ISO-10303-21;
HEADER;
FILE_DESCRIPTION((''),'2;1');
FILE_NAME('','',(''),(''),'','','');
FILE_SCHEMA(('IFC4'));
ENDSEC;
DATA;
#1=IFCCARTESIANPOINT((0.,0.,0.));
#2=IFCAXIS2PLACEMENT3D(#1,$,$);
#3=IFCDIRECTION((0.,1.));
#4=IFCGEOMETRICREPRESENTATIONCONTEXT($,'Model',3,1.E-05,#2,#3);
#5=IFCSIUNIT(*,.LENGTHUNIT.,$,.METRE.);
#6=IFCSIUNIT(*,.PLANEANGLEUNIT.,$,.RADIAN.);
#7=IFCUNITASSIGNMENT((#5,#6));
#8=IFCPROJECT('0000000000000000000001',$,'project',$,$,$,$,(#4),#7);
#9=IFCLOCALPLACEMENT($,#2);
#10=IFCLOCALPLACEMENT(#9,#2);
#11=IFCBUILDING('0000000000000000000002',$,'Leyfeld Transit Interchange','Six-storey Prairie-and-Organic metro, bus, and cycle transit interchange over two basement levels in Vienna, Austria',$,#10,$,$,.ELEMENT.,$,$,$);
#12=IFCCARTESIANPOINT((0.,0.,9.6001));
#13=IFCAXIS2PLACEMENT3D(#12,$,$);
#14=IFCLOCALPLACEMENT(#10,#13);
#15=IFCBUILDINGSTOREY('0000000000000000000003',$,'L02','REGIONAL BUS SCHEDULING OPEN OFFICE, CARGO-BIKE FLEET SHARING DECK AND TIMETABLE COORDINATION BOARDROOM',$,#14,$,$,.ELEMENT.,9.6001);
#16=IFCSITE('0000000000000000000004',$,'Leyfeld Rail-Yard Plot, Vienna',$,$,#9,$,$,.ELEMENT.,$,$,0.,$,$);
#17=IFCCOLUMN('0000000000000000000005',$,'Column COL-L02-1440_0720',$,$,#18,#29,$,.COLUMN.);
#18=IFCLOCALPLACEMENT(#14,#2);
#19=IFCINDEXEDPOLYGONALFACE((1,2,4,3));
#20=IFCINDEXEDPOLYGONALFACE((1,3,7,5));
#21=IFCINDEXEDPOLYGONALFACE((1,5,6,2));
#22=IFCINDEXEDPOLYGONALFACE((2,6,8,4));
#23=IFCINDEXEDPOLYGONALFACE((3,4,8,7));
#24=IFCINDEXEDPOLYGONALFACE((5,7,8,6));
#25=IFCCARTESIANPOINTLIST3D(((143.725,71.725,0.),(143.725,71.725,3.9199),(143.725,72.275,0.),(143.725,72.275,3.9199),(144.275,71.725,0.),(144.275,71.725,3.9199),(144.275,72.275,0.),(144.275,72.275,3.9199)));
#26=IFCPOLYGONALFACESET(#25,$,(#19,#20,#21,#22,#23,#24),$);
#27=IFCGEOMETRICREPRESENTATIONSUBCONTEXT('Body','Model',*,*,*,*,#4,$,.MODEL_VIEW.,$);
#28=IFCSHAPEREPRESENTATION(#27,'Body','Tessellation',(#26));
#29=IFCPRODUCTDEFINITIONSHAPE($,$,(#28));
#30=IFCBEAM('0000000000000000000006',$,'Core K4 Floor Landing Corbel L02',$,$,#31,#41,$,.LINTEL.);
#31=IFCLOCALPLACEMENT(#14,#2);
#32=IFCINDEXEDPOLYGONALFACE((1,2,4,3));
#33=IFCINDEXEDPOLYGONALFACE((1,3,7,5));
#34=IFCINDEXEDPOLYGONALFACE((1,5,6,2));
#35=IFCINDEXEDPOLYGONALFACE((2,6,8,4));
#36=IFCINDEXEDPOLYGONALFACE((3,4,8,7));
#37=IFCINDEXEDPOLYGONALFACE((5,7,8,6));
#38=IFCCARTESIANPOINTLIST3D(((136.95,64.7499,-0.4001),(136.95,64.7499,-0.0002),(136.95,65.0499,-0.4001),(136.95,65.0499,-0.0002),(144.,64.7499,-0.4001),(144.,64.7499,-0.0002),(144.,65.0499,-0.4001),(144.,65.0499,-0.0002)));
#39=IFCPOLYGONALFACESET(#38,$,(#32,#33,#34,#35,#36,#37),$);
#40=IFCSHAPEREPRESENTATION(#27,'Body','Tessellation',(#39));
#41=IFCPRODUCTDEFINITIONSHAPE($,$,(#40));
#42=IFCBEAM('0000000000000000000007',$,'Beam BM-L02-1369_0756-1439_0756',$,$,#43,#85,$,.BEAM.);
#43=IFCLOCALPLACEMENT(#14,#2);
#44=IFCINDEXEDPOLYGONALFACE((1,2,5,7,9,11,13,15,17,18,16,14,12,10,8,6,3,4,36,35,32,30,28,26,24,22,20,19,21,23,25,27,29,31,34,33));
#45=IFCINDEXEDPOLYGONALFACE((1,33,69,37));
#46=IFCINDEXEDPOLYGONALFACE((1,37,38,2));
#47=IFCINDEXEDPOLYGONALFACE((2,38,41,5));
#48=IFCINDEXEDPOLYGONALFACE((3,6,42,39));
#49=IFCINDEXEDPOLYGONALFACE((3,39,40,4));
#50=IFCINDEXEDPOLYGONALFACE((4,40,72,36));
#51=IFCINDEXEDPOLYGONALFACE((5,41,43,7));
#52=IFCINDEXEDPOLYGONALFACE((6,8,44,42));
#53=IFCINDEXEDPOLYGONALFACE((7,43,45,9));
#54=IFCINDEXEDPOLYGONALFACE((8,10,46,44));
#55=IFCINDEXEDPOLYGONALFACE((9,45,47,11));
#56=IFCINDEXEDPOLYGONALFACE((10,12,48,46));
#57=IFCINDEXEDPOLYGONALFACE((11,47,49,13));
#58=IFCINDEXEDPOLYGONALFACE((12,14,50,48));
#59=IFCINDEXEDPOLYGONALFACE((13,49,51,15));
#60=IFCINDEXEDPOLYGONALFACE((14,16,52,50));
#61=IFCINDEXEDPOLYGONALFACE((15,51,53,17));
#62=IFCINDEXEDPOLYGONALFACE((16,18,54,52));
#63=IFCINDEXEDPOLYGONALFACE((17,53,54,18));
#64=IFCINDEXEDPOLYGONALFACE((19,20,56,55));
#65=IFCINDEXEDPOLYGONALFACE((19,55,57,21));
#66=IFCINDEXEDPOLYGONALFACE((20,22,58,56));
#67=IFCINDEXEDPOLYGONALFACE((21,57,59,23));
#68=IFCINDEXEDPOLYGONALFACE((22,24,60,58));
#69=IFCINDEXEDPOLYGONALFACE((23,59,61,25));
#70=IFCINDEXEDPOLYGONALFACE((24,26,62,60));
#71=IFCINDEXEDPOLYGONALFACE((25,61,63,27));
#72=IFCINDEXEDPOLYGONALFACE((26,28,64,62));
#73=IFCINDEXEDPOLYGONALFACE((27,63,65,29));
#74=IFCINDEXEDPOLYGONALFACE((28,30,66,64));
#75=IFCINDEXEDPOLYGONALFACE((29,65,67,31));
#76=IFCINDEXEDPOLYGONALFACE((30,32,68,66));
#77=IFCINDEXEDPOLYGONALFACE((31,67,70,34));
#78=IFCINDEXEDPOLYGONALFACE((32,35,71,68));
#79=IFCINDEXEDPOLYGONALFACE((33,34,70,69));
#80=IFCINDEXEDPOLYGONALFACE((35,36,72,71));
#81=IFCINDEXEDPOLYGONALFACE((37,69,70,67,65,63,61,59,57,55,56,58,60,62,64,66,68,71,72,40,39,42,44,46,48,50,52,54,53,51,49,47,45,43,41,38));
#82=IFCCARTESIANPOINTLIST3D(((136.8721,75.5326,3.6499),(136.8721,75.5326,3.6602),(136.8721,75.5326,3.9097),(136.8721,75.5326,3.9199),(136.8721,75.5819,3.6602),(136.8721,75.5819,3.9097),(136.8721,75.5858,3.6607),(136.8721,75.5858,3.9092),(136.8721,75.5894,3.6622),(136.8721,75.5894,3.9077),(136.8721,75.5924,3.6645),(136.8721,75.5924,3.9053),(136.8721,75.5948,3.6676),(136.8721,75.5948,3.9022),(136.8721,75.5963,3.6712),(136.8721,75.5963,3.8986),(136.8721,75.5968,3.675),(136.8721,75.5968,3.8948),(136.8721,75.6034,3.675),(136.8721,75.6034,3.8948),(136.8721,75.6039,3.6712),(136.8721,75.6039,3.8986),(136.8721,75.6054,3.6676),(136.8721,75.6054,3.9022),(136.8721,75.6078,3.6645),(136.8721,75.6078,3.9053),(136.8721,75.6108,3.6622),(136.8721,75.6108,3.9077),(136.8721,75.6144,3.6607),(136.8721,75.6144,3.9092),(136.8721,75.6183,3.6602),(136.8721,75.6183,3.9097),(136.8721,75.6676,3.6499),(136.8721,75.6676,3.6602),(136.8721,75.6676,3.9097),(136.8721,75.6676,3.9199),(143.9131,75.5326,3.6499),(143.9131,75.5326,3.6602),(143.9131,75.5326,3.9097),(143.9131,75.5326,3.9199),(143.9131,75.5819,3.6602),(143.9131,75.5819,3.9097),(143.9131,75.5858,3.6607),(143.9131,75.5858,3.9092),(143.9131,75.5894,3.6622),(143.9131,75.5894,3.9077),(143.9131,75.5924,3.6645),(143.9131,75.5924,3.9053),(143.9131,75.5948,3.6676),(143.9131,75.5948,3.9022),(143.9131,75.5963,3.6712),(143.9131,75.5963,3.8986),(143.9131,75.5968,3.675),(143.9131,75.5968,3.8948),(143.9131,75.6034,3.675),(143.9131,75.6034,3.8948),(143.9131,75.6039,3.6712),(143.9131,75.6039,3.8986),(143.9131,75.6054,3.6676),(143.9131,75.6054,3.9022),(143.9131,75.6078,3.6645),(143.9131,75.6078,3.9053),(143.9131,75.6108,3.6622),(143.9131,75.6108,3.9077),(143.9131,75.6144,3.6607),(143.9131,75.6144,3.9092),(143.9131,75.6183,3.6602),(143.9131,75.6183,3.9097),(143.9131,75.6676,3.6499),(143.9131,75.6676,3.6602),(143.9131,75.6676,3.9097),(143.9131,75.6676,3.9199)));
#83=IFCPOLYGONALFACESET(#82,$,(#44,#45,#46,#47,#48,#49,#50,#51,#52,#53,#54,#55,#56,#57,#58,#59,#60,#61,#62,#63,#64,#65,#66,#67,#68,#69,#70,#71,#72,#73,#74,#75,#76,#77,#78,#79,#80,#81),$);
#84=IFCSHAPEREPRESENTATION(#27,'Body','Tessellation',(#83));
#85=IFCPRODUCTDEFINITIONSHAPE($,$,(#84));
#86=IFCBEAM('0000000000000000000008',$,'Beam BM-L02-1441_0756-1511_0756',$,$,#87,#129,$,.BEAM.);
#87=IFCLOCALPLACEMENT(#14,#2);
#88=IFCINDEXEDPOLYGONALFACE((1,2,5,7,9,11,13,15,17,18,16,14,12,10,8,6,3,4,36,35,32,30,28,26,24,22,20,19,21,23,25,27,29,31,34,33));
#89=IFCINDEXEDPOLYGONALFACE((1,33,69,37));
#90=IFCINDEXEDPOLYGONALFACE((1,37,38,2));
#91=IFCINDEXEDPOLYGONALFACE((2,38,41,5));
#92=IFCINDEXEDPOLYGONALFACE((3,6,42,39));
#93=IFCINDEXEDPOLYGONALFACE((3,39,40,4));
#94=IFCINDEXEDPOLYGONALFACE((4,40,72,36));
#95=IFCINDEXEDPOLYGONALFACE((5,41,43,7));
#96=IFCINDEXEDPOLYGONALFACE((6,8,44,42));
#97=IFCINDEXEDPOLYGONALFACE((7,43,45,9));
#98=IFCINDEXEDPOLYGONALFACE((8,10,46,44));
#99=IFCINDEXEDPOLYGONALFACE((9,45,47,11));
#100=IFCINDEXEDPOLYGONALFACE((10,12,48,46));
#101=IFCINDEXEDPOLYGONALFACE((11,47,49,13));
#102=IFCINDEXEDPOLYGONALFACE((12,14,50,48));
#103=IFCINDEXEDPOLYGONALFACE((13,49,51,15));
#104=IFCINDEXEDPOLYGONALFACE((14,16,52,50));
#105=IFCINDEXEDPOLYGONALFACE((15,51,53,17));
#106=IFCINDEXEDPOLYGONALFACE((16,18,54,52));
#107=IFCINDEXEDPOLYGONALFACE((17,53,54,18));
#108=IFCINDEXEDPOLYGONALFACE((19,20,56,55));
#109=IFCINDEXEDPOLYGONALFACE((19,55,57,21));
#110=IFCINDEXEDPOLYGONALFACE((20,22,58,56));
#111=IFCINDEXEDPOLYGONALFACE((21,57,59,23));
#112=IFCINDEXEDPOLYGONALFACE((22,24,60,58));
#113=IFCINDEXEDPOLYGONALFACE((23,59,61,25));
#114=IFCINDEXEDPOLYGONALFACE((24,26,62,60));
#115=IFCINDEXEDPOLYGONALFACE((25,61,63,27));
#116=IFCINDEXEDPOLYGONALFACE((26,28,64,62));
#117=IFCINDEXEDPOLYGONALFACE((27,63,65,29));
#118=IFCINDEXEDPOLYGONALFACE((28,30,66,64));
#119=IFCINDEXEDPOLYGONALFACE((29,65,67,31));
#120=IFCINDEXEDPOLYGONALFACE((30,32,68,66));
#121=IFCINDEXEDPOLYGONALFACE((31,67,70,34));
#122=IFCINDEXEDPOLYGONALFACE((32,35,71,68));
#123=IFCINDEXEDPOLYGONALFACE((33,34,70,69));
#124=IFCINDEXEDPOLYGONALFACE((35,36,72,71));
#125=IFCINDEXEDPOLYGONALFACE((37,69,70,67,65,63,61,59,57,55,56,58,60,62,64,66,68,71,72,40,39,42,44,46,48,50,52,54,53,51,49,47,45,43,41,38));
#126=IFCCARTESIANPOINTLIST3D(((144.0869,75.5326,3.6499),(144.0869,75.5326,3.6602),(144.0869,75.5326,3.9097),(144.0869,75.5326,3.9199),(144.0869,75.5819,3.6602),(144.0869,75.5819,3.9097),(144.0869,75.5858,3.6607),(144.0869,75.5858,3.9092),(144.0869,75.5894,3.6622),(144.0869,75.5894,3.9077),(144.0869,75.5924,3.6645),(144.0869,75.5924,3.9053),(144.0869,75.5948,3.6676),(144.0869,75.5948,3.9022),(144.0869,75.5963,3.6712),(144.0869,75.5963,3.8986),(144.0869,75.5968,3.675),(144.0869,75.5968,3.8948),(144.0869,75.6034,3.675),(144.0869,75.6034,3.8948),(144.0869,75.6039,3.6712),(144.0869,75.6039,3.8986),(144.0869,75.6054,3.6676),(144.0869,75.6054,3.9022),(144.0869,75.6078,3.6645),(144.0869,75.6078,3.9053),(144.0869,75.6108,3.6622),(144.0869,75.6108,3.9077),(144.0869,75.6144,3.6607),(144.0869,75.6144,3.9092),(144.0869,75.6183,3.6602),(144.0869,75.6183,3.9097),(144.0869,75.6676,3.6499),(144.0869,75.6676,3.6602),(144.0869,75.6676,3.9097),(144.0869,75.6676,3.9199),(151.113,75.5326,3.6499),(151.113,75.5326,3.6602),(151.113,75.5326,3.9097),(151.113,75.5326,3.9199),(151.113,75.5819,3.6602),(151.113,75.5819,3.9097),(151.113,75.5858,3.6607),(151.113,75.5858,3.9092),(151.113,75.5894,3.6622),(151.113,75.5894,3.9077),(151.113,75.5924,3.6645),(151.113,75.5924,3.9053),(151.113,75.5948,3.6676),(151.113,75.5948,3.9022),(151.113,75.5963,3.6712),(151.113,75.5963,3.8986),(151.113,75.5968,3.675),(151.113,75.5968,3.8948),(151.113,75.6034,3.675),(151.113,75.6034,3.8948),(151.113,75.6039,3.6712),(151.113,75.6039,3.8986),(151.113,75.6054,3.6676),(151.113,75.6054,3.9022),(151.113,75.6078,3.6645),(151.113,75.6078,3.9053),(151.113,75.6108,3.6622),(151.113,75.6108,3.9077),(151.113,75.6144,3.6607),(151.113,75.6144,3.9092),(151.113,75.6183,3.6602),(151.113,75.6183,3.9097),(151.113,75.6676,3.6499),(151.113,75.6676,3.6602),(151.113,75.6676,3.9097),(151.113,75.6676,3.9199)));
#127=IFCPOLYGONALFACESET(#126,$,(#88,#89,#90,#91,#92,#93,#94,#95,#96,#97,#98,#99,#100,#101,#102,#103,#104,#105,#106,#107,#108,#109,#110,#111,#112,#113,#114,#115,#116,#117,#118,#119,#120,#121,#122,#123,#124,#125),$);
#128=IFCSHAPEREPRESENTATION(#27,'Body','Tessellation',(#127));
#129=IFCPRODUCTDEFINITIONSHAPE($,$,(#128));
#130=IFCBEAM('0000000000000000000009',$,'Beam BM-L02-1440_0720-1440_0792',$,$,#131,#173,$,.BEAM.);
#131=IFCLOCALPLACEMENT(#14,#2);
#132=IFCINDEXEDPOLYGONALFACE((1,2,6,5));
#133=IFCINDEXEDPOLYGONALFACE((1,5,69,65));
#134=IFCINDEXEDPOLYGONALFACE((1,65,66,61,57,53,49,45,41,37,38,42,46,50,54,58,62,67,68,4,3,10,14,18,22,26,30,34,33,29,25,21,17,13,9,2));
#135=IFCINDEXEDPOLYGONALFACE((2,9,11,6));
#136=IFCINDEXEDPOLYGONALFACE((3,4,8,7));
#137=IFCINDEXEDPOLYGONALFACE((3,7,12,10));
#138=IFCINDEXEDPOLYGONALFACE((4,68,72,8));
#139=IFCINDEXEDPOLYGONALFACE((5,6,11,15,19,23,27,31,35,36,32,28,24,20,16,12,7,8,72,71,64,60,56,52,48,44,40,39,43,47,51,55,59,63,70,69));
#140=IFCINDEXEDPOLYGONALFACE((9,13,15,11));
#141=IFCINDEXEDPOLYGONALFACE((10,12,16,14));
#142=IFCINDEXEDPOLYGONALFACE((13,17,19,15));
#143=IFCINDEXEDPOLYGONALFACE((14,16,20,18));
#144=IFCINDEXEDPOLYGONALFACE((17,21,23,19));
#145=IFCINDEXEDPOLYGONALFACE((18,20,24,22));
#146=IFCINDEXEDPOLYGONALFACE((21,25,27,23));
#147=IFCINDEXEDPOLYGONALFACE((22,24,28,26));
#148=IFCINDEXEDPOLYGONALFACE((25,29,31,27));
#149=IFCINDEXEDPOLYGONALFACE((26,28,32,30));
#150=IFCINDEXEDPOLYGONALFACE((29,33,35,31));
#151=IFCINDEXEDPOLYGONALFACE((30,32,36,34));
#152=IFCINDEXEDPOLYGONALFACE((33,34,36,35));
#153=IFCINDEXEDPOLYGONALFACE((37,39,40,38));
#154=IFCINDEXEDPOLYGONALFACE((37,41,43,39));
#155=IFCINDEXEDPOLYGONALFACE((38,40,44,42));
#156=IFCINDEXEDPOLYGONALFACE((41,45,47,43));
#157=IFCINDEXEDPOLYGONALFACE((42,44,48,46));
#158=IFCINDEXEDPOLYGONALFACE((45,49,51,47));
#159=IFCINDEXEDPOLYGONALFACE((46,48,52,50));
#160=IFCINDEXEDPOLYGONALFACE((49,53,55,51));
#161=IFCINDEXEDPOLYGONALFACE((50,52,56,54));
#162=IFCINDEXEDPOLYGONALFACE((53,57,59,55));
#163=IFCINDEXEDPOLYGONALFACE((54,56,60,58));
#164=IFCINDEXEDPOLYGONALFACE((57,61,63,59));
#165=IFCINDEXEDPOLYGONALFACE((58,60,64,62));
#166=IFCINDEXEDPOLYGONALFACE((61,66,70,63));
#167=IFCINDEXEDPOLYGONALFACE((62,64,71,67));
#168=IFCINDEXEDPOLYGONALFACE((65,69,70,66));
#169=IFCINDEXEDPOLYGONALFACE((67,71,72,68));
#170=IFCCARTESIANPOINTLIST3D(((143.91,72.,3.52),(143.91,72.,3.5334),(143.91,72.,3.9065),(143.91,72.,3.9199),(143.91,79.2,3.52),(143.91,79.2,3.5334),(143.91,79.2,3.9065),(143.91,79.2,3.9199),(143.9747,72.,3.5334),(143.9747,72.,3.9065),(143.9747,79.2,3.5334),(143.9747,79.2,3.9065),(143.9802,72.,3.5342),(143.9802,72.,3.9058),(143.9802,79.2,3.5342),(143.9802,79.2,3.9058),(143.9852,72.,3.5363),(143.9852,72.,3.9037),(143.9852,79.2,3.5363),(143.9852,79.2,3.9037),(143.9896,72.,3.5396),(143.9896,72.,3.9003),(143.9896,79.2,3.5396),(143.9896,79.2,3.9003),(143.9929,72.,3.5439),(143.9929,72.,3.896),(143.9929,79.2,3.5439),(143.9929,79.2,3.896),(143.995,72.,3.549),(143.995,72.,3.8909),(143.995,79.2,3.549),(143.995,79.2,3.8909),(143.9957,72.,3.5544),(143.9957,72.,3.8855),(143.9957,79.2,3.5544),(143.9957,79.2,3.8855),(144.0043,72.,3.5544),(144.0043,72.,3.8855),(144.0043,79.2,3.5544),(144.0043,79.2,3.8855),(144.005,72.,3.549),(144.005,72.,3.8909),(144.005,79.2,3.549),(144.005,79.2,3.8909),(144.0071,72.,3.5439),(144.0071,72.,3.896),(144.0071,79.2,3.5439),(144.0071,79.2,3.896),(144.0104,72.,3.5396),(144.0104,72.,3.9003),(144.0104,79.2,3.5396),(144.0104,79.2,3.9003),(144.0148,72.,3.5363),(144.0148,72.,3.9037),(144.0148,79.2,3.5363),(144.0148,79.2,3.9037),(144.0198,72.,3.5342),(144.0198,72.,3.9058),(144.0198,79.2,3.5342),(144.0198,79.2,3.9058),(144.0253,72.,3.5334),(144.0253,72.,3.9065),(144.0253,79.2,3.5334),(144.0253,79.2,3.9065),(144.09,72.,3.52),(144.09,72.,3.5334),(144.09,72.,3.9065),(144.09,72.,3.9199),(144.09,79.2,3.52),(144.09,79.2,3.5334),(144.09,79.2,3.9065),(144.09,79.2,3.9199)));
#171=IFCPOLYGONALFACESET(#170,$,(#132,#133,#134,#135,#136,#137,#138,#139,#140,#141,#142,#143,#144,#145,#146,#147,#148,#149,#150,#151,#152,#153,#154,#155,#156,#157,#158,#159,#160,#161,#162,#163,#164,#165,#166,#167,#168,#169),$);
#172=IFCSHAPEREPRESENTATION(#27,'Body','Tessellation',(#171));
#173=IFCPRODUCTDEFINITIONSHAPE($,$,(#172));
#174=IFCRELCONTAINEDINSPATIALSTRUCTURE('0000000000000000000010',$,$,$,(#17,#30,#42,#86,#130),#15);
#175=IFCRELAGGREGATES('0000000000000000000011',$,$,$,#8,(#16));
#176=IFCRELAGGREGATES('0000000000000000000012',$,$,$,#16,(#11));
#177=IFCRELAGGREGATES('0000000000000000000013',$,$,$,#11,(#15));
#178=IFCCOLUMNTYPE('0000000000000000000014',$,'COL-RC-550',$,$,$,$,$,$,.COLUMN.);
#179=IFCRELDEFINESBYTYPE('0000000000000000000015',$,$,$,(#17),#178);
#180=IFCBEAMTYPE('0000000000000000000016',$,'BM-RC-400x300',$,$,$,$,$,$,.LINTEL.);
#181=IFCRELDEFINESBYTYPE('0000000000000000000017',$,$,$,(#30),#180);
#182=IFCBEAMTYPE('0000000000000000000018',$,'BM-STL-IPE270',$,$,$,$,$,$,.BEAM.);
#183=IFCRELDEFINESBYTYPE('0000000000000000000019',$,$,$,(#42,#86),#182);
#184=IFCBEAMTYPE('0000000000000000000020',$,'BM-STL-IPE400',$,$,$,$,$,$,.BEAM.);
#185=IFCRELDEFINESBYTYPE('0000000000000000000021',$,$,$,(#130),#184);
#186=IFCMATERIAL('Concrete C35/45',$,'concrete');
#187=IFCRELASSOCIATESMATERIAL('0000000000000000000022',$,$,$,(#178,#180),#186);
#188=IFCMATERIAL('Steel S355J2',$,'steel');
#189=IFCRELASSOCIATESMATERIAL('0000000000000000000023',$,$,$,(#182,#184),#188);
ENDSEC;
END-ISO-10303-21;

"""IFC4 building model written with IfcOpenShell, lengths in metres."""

from ifc_helpers import new_model, si_unit, direction, frame, origin, origin_2d, place, context, subcontext, project, spatial, rectangle, i_section, extrude, material, material_profile, profile_set, type_object, element, save


model = new_model("IFC4")

# Units and contexts
model_context = context("Model", 3, precision=1e-05, world=origin(), true_north=direction((0.0, 1.0)))
body_context = subcontext(model_context, "Body", "Model", "MODEL_VIEW")
ifc_project = project(units=[si_unit("LENGTHUNIT", "METRE"), si_unit("PLANEANGLEUNIT", "RADIAN")], contexts=[model_context])

# Site, building, storey
site_placement = place(None, origin())
site = spatial("IfcSite", under=ifc_project, at=site_placement, Name="Leyfeld Rail-Yard Plot, Vienna", CompositionType="ELEMENT", RefElevation=0.0)
building_placement = place(site_placement, origin())
building = spatial("IfcBuilding", under=site, at=building_placement, Name="Leyfeld Transit Interchange", Description="Six-storey Prairie-and-Organic metro, bus, and cycle transit interchange over two basement levels in Vienna, Austria", CompositionType="ELEMENT")
storey_placement = place(building_placement, frame((0.0, 0.0, 9.6001)))
storey = spatial("IfcBuildingStorey", under=building, at=storey_placement, Name="L02", Description="REGIONAL BUS SCHEDULING OPEN OFFICE, CARGO-BIKE FLEET SHARING DECK AND TIMETABLE COORDINATION BOARDROOM", CompositionType="ELEMENT", Elevation=9.6001)

# Column
ifc_material_1 = material(Name="Concrete C35/45", Category="concrete")
ifc_material_profile_1 = material_profile(ifc_material_1, rectangle(XDim=0.55, YDim=0.55, at=origin_2d()), Name="RC 550x550")
ifc_profile_set_1 = profile_set([ifc_material_profile_1], Name="Concrete C35/45")
column_type = type_object("IfcColumnType", Name="COL-RC-550", PredefinedType="COLUMN", material=ifc_profile_set_1)
column_placement = place(storey_placement, frame((144.0, 72.0, 0.0), z_axis=(0.0, 0.0, 1.0), x_axis=(1.0, 0.0, 0.0)))
element("IfcColumn", 1, at=column_placement, inside=storey, type_object=column_type, Name="Column COL-L02-1440_0720", PredefinedType="COLUMN", context=body_context, shape_type="SweptSolid", body=[
    extrude(rectangle(XDim=0.55, YDim=0.55, at=origin_2d()), origin(), (0.0, 0.0, 1.0), 3.9199),
])

# Beams
ifc_material_profile_2 = material_profile(ifc_material_1, rectangle(XDim=0.3, YDim=0.3999, at=origin_2d()), Name="RC 400x300")
ifc_profile_set_2 = profile_set([ifc_material_profile_2], Name="Concrete C35/45")
beam_type_1 = type_object("IfcBeamType", Name="BM-RC-400x300", PredefinedType="LINTEL", material=ifc_profile_set_2)
beam_1_placement = place(storey_placement, frame((136.95, 64.8999, -0.2002), z_axis=(1.0, 0.0, 0.0), x_axis=(0.0, 1.0, 0.0)))
element("IfcBeam", 2, at=beam_1_placement, inside=storey, type_object=beam_type_1, Name="Core K4 Floor Landing Corbel L02", PredefinedType="LINTEL", context=body_context, shape_type="SweptSolid", body=[
    extrude(rectangle(XDim=0.3, YDim=0.3999, at=origin_2d()), origin(), (0.0, 0.0, 1.0), 7.05),
])
ifc_material_2 = material(Name="Steel S355J2", Category="steel")
ifc_material_profile_3 = material_profile(ifc_material_2, i_section(OverallWidth=0.135, OverallDepth=0.27, WebThickness=0.0066, FlangeThickness=0.0103, FilletRadius=0.0149, at=origin_2d()), Name="IPE 270")
ifc_profile_set_3 = profile_set([ifc_material_profile_3], Name="Steel S355J2")
beam_type_2 = type_object("IfcBeamType", Name="BM-STL-IPE270", PredefinedType="BEAM", material=ifc_profile_set_3)
beam_2_placement = place(storey_placement, frame((136.8721, 75.6001, 3.7849), z_axis=(1.0, 0.0, 0.0), x_axis=(0.0, 1.0, 0.0)))
element("IfcBeam", 3, at=beam_2_placement, inside=storey, type_object=beam_type_2, Name="Beam BM-L02-1369_0756-1439_0756", PredefinedType="BEAM", context=body_context, shape_type="SweptSolid", body=[
    extrude(i_section(OverallWidth=0.135, OverallDepth=0.27, WebThickness=0.0066, FlangeThickness=0.0103, FilletRadius=0.0149, at=origin_2d()), origin(), (0.0, 0.0, 1.0), 7.041),
])
beam_3_placement = place(storey_placement, frame((144.0869, 75.6001, 3.7849), z_axis=(1.0, 0.0, 0.0), x_axis=(0.0, 1.0, 0.0)))
element("IfcBeam", 4, at=beam_3_placement, inside=storey, type_object=beam_type_2, Name="Beam BM-L02-1441_0756-1511_0756", PredefinedType="BEAM", context=body_context, shape_type="SweptSolid", body=[
    extrude(i_section(OverallWidth=0.135, OverallDepth=0.27, WebThickness=0.0066, FlangeThickness=0.0103, FilletRadius=0.0149, at=origin_2d()), origin(), (0.0, 0.0, 1.0), 7.0261),
])
ifc_material_profile_4 = material_profile(ifc_material_2, i_section(OverallWidth=0.1799, OverallDepth=0.3999, WebThickness=0.0085, FlangeThickness=0.0134, FilletRadius=0.021, at=origin_2d()), Name="IPE 400")
ifc_profile_set_4 = profile_set([ifc_material_profile_4], Name="Steel S355J2")
beam_type_3 = type_object("IfcBeamType", Name="BM-STL-IPE400", PredefinedType="BEAM", material=ifc_profile_set_4)
beam_4_placement = place(storey_placement, frame((144.0, 72.0, 3.72), z_axis=(0.0, 1.0, 0.0), x_axis=(-1.0, 0.0, 0.0)))
element("IfcBeam", 5, at=beam_4_placement, inside=storey, type_object=beam_type_3, Name="Beam BM-L02-1440_0720-1440_0792", PredefinedType="BEAM", context=body_context, shape_type="SweptSolid", body=[
    extrude(i_section(OverallWidth=0.1799, OverallDepth=0.3999, WebThickness=0.0085, FlangeThickness=0.0134, FilletRadius=0.021, at=origin_2d()), origin(), (0.0, 0.0, 1.0), 7.2),
])

save(model, "model.ifc")
